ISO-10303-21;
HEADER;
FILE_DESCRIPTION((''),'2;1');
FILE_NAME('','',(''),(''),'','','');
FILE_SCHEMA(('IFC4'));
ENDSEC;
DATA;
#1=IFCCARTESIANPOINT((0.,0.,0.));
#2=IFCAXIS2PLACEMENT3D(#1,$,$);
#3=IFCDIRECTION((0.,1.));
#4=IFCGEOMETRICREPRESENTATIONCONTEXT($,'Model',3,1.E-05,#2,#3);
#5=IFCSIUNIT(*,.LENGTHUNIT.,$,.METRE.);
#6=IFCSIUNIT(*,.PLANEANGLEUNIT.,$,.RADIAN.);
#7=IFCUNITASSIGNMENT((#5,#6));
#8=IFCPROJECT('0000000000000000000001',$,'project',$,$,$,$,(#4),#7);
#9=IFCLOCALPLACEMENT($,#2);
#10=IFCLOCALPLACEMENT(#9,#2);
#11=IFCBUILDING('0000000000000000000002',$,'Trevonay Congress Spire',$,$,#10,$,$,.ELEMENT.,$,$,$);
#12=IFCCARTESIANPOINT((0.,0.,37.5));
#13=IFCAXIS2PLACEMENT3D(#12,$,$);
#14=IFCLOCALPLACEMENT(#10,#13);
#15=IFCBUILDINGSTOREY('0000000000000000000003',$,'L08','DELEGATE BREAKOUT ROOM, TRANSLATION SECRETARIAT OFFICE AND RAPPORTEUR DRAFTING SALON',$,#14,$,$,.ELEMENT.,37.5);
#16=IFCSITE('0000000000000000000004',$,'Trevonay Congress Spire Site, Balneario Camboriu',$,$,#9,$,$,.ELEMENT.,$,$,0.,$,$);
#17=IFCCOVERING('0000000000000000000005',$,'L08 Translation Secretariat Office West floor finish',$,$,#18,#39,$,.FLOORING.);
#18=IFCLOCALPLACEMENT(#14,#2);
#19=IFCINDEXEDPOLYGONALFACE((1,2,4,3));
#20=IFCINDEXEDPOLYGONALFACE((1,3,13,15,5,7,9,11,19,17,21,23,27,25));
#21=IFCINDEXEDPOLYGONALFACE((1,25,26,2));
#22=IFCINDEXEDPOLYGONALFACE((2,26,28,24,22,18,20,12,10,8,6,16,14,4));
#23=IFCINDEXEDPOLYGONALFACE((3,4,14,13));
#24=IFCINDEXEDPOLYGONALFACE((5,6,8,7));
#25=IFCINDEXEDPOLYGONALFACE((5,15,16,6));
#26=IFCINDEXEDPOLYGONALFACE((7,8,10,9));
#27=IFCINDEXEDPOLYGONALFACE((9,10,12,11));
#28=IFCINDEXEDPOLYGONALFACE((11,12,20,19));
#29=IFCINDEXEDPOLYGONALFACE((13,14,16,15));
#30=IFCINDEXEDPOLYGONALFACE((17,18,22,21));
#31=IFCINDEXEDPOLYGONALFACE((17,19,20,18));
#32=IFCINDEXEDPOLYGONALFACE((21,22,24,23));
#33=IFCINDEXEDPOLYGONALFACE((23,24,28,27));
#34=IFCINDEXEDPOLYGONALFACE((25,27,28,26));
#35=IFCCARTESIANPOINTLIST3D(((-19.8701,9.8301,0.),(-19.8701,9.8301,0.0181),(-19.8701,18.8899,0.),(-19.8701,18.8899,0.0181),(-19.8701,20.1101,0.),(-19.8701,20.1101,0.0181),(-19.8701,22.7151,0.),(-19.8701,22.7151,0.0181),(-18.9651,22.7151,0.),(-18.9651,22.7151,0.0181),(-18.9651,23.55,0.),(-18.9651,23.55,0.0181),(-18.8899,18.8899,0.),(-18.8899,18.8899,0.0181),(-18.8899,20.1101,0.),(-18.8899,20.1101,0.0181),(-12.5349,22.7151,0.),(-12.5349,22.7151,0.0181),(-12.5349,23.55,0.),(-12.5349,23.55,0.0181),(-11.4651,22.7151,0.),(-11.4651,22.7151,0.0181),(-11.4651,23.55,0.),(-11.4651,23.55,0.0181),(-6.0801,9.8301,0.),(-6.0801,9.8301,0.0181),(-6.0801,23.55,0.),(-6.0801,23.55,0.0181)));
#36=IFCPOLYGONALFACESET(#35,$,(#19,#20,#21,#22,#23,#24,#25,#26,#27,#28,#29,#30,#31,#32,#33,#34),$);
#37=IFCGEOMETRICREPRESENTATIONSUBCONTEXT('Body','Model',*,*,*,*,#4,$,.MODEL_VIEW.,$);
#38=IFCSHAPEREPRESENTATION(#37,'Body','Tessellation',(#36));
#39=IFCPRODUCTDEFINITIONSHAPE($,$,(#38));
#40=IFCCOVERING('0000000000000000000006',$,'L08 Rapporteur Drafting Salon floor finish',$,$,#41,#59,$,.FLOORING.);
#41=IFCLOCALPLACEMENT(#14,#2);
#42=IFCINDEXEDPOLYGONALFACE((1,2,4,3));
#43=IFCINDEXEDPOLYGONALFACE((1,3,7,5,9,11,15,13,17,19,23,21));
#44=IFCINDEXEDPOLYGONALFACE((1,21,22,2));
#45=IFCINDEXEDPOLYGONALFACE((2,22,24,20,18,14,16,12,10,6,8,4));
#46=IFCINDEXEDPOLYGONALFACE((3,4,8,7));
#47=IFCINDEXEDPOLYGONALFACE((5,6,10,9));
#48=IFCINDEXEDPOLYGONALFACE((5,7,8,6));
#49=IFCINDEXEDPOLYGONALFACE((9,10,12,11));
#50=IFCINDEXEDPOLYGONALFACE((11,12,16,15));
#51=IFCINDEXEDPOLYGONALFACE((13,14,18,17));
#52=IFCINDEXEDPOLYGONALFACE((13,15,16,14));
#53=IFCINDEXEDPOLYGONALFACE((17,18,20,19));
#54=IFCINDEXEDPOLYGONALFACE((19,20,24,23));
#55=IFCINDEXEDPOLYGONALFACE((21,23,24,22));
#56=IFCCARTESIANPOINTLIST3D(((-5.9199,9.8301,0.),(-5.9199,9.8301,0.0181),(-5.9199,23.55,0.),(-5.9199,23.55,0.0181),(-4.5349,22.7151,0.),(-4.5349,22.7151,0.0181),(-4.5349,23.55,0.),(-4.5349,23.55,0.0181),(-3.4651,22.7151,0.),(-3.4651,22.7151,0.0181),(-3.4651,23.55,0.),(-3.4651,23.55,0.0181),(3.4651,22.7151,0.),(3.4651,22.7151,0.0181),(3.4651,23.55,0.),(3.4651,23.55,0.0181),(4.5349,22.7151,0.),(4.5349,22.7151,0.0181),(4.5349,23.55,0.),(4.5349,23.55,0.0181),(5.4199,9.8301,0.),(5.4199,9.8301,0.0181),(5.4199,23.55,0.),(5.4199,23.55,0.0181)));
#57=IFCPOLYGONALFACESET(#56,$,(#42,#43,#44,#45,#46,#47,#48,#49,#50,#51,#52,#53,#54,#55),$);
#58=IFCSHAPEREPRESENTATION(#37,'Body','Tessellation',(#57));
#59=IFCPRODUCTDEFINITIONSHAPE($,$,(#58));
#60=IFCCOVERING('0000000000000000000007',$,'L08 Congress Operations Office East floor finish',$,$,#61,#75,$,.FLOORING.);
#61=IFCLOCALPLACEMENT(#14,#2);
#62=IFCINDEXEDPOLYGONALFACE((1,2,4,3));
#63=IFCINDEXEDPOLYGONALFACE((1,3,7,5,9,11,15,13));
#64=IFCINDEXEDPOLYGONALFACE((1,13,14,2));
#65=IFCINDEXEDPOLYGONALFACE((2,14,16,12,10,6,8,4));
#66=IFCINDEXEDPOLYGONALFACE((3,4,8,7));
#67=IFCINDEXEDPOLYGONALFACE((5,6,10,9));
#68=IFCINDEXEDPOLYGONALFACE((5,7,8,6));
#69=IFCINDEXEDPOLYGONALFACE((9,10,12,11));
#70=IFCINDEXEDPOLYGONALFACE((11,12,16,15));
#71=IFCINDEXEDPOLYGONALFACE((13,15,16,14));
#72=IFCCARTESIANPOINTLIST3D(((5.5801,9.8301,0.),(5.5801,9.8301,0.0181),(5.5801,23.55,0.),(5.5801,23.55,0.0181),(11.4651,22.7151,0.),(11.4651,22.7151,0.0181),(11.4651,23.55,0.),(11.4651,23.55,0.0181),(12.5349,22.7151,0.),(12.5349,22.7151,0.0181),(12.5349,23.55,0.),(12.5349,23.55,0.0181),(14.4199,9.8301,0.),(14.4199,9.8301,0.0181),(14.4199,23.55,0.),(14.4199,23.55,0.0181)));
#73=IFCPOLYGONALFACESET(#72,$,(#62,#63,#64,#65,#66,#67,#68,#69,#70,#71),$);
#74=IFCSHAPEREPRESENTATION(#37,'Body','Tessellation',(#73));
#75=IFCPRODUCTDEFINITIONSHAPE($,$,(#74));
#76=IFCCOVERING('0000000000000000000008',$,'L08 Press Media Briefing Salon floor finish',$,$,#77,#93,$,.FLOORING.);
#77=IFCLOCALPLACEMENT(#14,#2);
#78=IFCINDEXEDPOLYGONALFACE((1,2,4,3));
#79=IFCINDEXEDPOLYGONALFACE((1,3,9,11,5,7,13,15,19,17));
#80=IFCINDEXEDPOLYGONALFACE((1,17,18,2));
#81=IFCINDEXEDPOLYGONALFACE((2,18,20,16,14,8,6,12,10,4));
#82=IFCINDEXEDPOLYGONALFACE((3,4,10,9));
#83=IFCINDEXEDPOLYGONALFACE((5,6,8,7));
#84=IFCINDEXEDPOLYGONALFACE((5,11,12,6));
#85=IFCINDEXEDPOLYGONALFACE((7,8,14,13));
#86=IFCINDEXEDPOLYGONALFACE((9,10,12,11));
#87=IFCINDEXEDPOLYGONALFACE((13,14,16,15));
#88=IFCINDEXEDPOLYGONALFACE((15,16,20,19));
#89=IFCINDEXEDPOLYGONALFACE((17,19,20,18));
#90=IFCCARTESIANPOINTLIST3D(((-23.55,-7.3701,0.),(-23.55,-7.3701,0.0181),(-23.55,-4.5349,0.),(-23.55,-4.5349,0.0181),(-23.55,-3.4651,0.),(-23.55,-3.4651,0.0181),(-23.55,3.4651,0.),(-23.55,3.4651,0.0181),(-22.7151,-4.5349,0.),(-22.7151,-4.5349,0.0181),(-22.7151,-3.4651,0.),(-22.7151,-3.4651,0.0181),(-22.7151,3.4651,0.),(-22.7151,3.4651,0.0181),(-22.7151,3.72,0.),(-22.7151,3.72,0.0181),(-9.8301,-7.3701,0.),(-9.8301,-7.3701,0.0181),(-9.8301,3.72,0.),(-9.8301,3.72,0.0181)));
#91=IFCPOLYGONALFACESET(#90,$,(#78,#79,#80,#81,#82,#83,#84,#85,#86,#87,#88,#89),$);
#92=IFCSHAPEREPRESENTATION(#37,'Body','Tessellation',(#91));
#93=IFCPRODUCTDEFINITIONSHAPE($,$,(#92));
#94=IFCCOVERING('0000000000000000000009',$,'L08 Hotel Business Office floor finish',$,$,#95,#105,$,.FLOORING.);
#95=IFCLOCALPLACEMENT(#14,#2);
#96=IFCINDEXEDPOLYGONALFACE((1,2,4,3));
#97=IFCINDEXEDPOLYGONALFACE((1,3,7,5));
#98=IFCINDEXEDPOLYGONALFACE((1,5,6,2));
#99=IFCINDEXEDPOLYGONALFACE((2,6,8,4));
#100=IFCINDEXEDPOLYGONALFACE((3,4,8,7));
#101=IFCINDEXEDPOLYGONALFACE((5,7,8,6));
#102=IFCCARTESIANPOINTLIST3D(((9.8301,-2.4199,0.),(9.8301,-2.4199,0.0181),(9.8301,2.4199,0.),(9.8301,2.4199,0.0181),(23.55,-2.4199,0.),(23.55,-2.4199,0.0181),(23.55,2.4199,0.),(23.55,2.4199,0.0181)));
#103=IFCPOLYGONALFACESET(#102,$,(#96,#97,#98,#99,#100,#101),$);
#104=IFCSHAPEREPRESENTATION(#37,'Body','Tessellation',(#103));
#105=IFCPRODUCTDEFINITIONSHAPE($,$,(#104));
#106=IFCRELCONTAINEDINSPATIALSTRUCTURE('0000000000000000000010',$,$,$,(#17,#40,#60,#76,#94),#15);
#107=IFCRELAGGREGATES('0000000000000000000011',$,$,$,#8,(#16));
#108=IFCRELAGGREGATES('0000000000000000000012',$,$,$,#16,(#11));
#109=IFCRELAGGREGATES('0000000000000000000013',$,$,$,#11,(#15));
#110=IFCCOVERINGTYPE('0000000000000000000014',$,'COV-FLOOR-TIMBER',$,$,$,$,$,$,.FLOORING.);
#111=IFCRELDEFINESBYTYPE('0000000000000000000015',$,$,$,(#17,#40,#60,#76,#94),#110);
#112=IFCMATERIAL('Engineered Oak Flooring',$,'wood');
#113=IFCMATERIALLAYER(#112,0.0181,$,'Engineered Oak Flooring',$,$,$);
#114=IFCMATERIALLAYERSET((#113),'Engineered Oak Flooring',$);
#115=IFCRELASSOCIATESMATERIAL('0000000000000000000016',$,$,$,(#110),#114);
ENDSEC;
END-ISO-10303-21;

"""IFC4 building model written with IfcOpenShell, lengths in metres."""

from ifc_helpers import new_model, si_unit, direction, frame, origin, place, context, subcontext, project, spatial, polyline, outline, extrude, material, layer, layer_set, type_object, element, save


model = new_model("IFC4")

# Units and contexts
model_context = context("Model", 3, precision=1e-05, world=origin(), true_north=direction((0.0, 1.0)))
body_context = subcontext(model_context, "Body", "Model", "MODEL_VIEW")
ifc_project = project(units=[si_unit("LENGTHUNIT", "METRE"), si_unit("PLANEANGLEUNIT", "RADIAN")], contexts=[model_context])

# Site, building, storey
site_placement = place(None, origin())
site = spatial("IfcSite", under=ifc_project, at=site_placement, Name="Trevonay Congress Spire Site, Balneario Camboriu", CompositionType="ELEMENT", RefElevation=0.0)
building_placement = place(site_placement, origin())
building = spatial("IfcBuilding", under=site, at=building_placement, Name="Trevonay Congress Spire", CompositionType="ELEMENT")
storey_placement = place(building_placement, frame((0.0, 0.0, 37.5)))
storey = spatial("IfcBuildingStorey", under=building, at=storey_placement, Name="L08", Description="DELEGATE BREAKOUT ROOM, TRANSLATION SECRETARIAT OFFICE AND RAPPORTEUR DRAFTING SALON", CompositionType="ELEMENT", Elevation=37.5)

# Coverings
ifc_material_1 = material(Name="Engineered Oak Flooring", Category="wood")
ifc_layer_1 = layer(ifc_material_1, 0.0181, Name="Engineered Oak Flooring")
ifc_layer_set_1 = layer_set([ifc_layer_1], Name="Engineered Oak Flooring")
covering_type_1 = type_object("IfcCoveringType", Name="COV-FLOOR-TIMBER", PredefinedType="FLOORING", material=ifc_layer_set_1)
covering_1_placement = place(storey_placement, origin())
element("IfcCovering", 1, at=covering_1_placement, inside=storey, type_object=covering_type_1, Name="L08 Translation Secretariat Office West floor finish", PredefinedType="FLOORING", context=body_context, shape_type="SweptSolid", body=[
    extrude(outline(polyline([(-6.0801, 23.55), (-6.0801, 9.8301), (-19.8701, 9.8301), (-19.8701, 18.8899), (-18.8899, 18.8899), (-18.8899, 20.1101), (-19.8701, 20.1101), (-19.8701, 22.7151), (-18.9651, 22.7151), (-18.9651, 23.55), (-12.5349, 23.55), (-12.5349, 22.7151), (-11.4651, 22.7151), (-11.4651, 23.55), (-6.0801, 23.55)])), origin(), (0.0, 0.0, 1.0), 0.0181),
])
covering_2_placement = place(storey_placement, origin())
element("IfcCovering", 2, at=covering_2_placement, inside=storey, type_object=covering_type_1, Name="L08 Rapporteur Drafting Salon floor finish", PredefinedType="FLOORING", context=body_context, shape_type="SweptSolid", body=[
    extrude(outline(polyline([(5.4199, 23.55), (5.4199, 9.8301), (-5.9199, 9.8301), (-5.9199, 23.55), (-4.5349, 23.55), (-4.5349, 22.7151), (-3.4651, 22.7151), (-3.4651, 23.55), (3.4651, 23.55), (3.4651, 22.7151), (4.5349, 22.7151), (4.5349, 23.55), (5.4199, 23.55)])), origin(), (0.0, 0.0, 1.0), 0.0181),
])
covering_3_placement = place(storey_placement, origin())
element("IfcCovering", 3, at=covering_3_placement, inside=storey, type_object=covering_type_1, Name="L08 Congress Operations Office East floor finish", PredefinedType="FLOORING", context=body_context, shape_type="SweptSolid", body=[
    extrude(outline(polyline([(14.4199, 23.55), (14.4199, 9.8301), (5.5801, 9.8301), (5.5801, 23.55), (11.4651, 23.55), (11.4651, 22.7151), (12.5349, 22.7151), (12.5349, 23.55), (14.4199, 23.55)])), origin(), (0.0, 0.0, 1.0), 0.0181),
])
covering_4_placement = place(storey_placement, origin())
element("IfcCovering", 4, at=covering_4_placement, inside=storey, type_object=covering_type_1, Name="L08 Press Media Briefing Salon floor finish", PredefinedType="FLOORING", context=body_context, shape_type="SweptSolid", body=[
    extrude(outline(polyline([(-9.8301, 3.72), (-9.8301, -7.3701), (-23.55, -7.3701), (-23.55, -4.5349), (-22.7151, -4.5349), (-22.7151, -3.4651), (-23.55, -3.4651), (-23.55, 3.4651), (-22.7151, 3.4651), (-22.7151, 3.72), (-9.8301, 3.72)])), origin(), (0.0, 0.0, 1.0), 0.0181),
])
covering_5_placement = place(storey_placement, origin())
element("IfcCovering", 5, at=covering_5_placement, inside=storey, type_object=covering_type_1, Name="L08 Hotel Business Office floor finish", PredefinedType="FLOORING", context=body_context, shape_type="SweptSolid", body=[
    extrude(outline(polyline([(9.8301, -2.4199), (23.55, -2.4199), (23.55, 2.4199), (9.8301, 2.4199), (9.8301, -2.4199)])), origin(), (0.0, 0.0, 1.0), 0.0181),
])

save(model, "model.ifc")
